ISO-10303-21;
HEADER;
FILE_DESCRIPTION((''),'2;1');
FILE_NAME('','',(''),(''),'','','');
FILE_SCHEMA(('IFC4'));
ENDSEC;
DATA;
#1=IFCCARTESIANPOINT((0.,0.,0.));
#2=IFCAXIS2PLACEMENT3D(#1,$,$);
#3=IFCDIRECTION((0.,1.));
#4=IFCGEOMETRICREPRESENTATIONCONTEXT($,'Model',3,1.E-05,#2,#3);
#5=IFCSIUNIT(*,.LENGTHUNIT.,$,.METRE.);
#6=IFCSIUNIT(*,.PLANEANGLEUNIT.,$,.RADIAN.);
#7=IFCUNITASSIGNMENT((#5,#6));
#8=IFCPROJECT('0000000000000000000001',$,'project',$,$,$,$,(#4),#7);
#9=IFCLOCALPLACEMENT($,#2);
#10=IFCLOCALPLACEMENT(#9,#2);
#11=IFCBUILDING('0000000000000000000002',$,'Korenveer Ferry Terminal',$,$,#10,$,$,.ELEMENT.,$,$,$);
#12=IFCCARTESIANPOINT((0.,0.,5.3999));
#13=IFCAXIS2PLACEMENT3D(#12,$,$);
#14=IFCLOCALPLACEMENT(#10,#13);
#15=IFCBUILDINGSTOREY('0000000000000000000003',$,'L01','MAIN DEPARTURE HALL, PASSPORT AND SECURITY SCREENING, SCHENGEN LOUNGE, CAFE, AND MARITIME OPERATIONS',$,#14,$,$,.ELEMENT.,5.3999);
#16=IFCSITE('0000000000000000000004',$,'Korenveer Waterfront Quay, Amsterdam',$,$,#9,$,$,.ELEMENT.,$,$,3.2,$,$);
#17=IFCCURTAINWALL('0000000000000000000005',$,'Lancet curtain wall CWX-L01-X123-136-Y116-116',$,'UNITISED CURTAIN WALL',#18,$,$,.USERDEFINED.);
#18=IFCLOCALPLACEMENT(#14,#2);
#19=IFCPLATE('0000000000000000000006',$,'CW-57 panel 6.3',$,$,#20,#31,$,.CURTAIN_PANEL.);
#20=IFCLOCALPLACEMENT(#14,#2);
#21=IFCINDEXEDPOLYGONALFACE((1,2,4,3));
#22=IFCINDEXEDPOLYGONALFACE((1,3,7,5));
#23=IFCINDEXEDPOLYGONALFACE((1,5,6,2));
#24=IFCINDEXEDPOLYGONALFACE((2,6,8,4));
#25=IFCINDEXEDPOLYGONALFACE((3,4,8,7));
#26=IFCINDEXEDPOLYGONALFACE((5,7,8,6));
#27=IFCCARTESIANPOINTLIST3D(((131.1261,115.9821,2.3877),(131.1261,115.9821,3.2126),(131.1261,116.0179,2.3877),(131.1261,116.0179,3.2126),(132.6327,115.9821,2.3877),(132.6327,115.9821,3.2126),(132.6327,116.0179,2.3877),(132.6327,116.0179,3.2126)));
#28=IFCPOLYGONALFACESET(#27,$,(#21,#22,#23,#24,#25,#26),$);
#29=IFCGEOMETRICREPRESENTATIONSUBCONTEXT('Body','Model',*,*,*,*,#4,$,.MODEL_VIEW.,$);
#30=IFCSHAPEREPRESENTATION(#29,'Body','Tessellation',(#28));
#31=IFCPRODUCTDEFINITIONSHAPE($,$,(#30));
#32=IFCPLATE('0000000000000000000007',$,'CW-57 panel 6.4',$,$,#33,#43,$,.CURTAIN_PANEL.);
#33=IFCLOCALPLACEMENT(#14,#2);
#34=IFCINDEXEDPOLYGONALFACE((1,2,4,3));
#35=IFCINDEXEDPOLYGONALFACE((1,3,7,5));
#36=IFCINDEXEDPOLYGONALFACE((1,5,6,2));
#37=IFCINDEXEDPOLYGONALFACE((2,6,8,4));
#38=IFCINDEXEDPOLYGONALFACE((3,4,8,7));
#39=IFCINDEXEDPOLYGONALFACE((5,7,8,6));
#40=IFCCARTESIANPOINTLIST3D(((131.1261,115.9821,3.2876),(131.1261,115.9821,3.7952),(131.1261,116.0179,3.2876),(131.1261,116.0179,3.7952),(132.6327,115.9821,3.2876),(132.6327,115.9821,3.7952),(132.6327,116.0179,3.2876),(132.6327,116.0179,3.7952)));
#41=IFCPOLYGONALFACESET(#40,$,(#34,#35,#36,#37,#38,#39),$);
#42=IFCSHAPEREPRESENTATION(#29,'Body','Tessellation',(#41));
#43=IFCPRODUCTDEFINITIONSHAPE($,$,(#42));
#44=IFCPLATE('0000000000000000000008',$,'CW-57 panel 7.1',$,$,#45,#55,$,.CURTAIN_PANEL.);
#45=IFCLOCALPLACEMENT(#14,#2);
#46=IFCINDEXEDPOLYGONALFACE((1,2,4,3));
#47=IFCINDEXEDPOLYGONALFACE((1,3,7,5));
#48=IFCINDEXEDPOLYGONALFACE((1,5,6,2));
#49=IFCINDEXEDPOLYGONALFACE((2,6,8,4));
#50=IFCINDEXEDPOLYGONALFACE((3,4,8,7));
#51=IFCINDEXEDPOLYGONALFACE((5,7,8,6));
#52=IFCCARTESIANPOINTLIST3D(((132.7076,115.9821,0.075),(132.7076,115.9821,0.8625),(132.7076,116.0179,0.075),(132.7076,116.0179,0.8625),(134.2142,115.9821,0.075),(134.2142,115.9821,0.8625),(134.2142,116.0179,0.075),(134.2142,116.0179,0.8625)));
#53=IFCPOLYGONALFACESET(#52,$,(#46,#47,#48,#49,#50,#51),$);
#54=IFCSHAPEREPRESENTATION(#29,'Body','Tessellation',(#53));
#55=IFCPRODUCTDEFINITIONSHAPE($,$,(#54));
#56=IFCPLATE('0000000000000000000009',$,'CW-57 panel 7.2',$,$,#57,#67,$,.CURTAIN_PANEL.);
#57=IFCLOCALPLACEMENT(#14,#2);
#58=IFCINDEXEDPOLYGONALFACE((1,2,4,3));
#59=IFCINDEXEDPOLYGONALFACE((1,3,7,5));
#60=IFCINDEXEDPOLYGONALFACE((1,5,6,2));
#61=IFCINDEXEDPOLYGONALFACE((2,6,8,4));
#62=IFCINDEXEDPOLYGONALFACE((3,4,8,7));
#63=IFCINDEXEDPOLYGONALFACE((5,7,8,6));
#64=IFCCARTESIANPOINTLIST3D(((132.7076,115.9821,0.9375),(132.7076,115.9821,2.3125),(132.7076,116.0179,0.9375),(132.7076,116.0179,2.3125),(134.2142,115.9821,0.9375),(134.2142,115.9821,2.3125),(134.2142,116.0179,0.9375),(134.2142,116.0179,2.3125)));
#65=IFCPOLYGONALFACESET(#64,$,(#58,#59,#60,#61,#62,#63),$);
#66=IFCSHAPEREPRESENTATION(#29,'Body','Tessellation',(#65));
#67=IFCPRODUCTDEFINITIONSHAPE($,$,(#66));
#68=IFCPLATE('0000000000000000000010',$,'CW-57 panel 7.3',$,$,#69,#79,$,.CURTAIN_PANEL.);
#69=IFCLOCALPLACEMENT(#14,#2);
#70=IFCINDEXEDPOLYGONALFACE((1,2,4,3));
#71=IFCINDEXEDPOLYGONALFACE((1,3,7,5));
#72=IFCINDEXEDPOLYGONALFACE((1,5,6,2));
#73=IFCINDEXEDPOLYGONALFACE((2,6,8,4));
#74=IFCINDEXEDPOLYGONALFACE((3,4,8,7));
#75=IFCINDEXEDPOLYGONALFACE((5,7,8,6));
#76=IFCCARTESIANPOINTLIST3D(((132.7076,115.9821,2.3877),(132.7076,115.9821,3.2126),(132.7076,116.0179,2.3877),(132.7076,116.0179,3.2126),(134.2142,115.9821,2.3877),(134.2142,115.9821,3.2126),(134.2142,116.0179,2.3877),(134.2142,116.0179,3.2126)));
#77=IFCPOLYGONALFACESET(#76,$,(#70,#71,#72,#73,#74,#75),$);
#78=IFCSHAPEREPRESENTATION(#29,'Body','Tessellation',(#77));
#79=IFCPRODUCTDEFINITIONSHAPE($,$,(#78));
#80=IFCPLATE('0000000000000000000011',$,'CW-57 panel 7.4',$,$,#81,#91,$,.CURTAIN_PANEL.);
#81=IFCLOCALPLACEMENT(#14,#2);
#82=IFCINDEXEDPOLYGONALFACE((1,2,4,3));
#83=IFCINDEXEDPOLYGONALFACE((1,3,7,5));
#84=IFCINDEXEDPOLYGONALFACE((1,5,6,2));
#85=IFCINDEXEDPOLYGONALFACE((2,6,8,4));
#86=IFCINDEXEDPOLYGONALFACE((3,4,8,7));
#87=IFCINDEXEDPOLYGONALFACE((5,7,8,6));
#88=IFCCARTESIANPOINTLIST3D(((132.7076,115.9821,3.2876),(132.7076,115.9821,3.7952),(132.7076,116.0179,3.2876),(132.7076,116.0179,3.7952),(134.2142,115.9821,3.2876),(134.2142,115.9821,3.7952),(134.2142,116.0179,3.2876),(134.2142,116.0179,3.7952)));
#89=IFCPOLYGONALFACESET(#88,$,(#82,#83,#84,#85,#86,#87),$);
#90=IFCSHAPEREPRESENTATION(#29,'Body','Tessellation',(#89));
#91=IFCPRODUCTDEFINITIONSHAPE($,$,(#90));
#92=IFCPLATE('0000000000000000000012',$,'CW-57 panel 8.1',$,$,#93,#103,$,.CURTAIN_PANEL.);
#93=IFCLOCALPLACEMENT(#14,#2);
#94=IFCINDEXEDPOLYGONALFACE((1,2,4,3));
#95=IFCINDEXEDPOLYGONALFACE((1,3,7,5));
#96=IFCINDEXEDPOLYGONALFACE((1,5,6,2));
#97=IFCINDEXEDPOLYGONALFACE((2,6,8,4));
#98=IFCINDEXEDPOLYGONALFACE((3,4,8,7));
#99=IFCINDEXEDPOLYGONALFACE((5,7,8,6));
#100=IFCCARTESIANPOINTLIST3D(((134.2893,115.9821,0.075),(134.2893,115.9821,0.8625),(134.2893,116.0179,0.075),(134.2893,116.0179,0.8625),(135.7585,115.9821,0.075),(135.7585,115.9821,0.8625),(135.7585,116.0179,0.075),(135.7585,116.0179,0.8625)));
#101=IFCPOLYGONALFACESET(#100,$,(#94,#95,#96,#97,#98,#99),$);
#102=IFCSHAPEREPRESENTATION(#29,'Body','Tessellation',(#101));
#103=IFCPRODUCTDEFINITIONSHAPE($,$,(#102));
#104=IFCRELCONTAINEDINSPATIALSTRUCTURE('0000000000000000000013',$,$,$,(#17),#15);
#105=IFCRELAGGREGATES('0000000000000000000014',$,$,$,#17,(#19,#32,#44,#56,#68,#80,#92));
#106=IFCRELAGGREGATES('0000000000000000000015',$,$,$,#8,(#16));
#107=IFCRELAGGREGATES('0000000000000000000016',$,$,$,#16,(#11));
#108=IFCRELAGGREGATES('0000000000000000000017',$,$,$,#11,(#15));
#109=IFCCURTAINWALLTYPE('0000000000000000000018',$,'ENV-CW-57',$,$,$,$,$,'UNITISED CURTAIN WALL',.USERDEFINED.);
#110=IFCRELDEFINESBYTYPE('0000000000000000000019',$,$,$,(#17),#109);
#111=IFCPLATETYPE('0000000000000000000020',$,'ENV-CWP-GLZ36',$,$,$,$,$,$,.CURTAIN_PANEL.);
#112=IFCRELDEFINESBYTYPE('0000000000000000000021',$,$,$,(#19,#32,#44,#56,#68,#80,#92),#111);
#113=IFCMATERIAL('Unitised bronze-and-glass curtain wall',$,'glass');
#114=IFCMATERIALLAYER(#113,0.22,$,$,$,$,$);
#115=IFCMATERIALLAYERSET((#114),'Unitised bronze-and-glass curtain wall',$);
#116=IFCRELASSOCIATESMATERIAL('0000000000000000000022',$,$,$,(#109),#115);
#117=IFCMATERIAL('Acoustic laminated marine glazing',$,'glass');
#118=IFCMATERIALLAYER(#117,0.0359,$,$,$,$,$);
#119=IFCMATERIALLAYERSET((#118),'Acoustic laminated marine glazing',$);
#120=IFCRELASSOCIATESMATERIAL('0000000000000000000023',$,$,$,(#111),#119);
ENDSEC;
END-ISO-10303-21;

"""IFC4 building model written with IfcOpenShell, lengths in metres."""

from ifc_helpers import new_model, si_unit, direction, frame, origin, origin_2d, place, context, subcontext, project, spatial, rectangle, extrude, material, layer, layer_set, type_object, element, aggregate, save


model = new_model("IFC4")

# Units and contexts
model_context = context("Model", 3, precision=1e-05, world=origin(), true_north=direction((0.0, 1.0)))
body_context = subcontext(model_context, "Body", "Model", "MODEL_VIEW")
ifc_project = project(units=[si_unit("LENGTHUNIT", "METRE"), si_unit("PLANEANGLEUNIT", "RADIAN")], contexts=[model_context])

# Site, building, storey
site_placement = place(None, origin())
site = spatial("IfcSite", under=ifc_project, at=site_placement, Name="Korenveer Waterfront Quay, Amsterdam", CompositionType="ELEMENT", RefElevation=3.2)
building_placement = place(site_placement, origin())
building = spatial("IfcBuilding", under=site, at=building_placement, Name="Korenveer Ferry Terminal", CompositionType="ELEMENT")
storey_placement = place(building_placement, frame((0.0, 0.0, 5.3999)))
storey = spatial("IfcBuildingStorey", under=building, at=storey_placement, Name="L01", Description="MAIN DEPARTURE HALL, PASSPORT AND SECURITY SCREENING, SCHENGEN LOUNGE, CAFE, AND MARITIME OPERATIONS", CompositionType="ELEMENT", Elevation=5.3999)

# Curtain wall, plates
ifc_material_1 = material(Name="Unitised bronze-and-glass curtain wall", Category="glass")
ifc_layer_1 = layer(ifc_material_1, 0.22)
ifc_layer_set_1 = layer_set([ifc_layer_1], Name="Unitised bronze-and-glass curtain wall")
curtain_wall_type = type_object("IfcCurtainWallType", Name="ENV-CW-57", ElementType="UNITISED CURTAIN WALL", PredefinedType="USERDEFINED", material=ifc_layer_set_1)
curtain_wall_placement = place(storey_placement, frame((123.1799, 116.0, 0.0)))
curtain_wall = element("IfcCurtainWall", 1, at=curtain_wall_placement, inside=storey, type_object=curtain_wall_type, Name="Lancet curtain wall CWX-L01-X123-136-Y116-116", ObjectType="UNITISED CURTAIN WALL", PredefinedType="USERDEFINED")
ifc_material_2 = material(Name="Acoustic laminated marine glazing", Category="glass")
ifc_layer_2 = layer(ifc_material_2, 0.0359)
ifc_layer_set_2 = layer_set([ifc_layer_2], Name="Acoustic laminated marine glazing")
plate_type = type_object("IfcPlateType", Name="ENV-CWP-GLZ36", PredefinedType="CURTAIN_PANEL", material=ifc_layer_set_2)
plate_1_placement = place(storey_placement, frame((131.8794, 116.0, 2.3877), z_axis=(0.0, 0.0, 1.0), x_axis=(1.0, 0.0, 0.0)))
plate_1 = element("IfcPlate", 2, at=plate_1_placement, type_object=plate_type, Name="CW-57 panel 6.3", PredefinedType="CURTAIN_PANEL", context=body_context, shape_type="SweptSolid", body=[
    extrude(rectangle(XDim=1.5066, YDim=0.0359, at=origin_2d()), origin(), (0.0, 0.0, 1.0), 0.825),
])
plate_2_placement = place(storey_placement, frame((131.8794, 116.0, 3.2876), z_axis=(0.0, 0.0, 1.0), x_axis=(1.0, 0.0, 0.0)))
plate_2 = element("IfcPlate", 3, at=plate_2_placement, type_object=plate_type, Name="CW-57 panel 6.4", PredefinedType="CURTAIN_PANEL", context=body_context, shape_type="SweptSolid", body=[
    extrude(rectangle(XDim=1.5066, YDim=0.0359, at=origin_2d()), origin(), (0.0, 0.0, 1.0), 0.5076),
])
plate_3_placement = place(storey_placement, frame((133.4609, 116.0, 0.075), z_axis=(0.0, 0.0, 1.0), x_axis=(1.0, 0.0, 0.0)))
plate_3 = element("IfcPlate", 4, at=plate_3_placement, type_object=plate_type, Name="CW-57 panel 7.1", PredefinedType="CURTAIN_PANEL", context=body_context, shape_type="SweptSolid", body=[
    extrude(rectangle(XDim=1.5066, YDim=0.0359, at=origin_2d()), origin(), (0.0, 0.0, 1.0), 0.7876),
])
plate_4_placement = place(storey_placement, frame((133.4609, 116.0, 0.9375), z_axis=(0.0, 0.0, 1.0), x_axis=(1.0, 0.0, 0.0)))
plate_4 = element("IfcPlate", 5, at=plate_4_placement, type_object=plate_type, Name="CW-57 panel 7.2", PredefinedType="CURTAIN_PANEL", context=body_context, shape_type="SweptSolid", body=[
    extrude(rectangle(XDim=1.5066, YDim=0.0359, at=origin_2d()), origin(), (0.0, 0.0, 1.0), 1.375),
])
plate_5_placement = place(storey_placement, frame((133.4609, 116.0, 2.3877), z_axis=(0.0, 0.0, 1.0), x_axis=(1.0, 0.0, 0.0)))
plate_5 = element("IfcPlate", 6, at=plate_5_placement, type_object=plate_type, Name="CW-57 panel 7.3", PredefinedType="CURTAIN_PANEL", context=body_context, shape_type="SweptSolid", body=[
    extrude(rectangle(XDim=1.5066, YDim=0.0359, at=origin_2d()), origin(), (0.0, 0.0, 1.0), 0.825),
])
plate_6_placement = place(storey_placement, frame((133.4609, 116.0, 3.2876), z_axis=(0.0, 0.0, 1.0), x_axis=(1.0, 0.0, 0.0)))
plate_6 = element("IfcPlate", 7, at=plate_6_placement, type_object=plate_type, Name="CW-57 panel 7.4", PredefinedType="CURTAIN_PANEL", context=body_context, shape_type="SweptSolid", body=[
    extrude(rectangle(XDim=1.5066, YDim=0.0359, at=origin_2d()), origin(), (0.0, 0.0, 1.0), 0.5076),
])
plate_7_placement = place(storey_placement, frame((135.0239, 116.0, 0.075), z_axis=(0.0, 0.0, 1.0), x_axis=(1.0, 0.0, 0.0)))
plate_7 = element("IfcPlate", 8, at=plate_7_placement, type_object=plate_type, Name="CW-57 panel 8.1", PredefinedType="CURTAIN_PANEL", context=body_context, shape_type="SweptSolid", body=[
    extrude(rectangle(XDim=1.4692, YDim=0.0359, at=origin_2d()), origin(), (0.0, 0.0, 1.0), 0.7876),
])
aggregate(curtain_wall, [plate_1, plate_2, plate_3, plate_4, plate_5, plate_6, plate_7])

save(model, "model.ifc")
